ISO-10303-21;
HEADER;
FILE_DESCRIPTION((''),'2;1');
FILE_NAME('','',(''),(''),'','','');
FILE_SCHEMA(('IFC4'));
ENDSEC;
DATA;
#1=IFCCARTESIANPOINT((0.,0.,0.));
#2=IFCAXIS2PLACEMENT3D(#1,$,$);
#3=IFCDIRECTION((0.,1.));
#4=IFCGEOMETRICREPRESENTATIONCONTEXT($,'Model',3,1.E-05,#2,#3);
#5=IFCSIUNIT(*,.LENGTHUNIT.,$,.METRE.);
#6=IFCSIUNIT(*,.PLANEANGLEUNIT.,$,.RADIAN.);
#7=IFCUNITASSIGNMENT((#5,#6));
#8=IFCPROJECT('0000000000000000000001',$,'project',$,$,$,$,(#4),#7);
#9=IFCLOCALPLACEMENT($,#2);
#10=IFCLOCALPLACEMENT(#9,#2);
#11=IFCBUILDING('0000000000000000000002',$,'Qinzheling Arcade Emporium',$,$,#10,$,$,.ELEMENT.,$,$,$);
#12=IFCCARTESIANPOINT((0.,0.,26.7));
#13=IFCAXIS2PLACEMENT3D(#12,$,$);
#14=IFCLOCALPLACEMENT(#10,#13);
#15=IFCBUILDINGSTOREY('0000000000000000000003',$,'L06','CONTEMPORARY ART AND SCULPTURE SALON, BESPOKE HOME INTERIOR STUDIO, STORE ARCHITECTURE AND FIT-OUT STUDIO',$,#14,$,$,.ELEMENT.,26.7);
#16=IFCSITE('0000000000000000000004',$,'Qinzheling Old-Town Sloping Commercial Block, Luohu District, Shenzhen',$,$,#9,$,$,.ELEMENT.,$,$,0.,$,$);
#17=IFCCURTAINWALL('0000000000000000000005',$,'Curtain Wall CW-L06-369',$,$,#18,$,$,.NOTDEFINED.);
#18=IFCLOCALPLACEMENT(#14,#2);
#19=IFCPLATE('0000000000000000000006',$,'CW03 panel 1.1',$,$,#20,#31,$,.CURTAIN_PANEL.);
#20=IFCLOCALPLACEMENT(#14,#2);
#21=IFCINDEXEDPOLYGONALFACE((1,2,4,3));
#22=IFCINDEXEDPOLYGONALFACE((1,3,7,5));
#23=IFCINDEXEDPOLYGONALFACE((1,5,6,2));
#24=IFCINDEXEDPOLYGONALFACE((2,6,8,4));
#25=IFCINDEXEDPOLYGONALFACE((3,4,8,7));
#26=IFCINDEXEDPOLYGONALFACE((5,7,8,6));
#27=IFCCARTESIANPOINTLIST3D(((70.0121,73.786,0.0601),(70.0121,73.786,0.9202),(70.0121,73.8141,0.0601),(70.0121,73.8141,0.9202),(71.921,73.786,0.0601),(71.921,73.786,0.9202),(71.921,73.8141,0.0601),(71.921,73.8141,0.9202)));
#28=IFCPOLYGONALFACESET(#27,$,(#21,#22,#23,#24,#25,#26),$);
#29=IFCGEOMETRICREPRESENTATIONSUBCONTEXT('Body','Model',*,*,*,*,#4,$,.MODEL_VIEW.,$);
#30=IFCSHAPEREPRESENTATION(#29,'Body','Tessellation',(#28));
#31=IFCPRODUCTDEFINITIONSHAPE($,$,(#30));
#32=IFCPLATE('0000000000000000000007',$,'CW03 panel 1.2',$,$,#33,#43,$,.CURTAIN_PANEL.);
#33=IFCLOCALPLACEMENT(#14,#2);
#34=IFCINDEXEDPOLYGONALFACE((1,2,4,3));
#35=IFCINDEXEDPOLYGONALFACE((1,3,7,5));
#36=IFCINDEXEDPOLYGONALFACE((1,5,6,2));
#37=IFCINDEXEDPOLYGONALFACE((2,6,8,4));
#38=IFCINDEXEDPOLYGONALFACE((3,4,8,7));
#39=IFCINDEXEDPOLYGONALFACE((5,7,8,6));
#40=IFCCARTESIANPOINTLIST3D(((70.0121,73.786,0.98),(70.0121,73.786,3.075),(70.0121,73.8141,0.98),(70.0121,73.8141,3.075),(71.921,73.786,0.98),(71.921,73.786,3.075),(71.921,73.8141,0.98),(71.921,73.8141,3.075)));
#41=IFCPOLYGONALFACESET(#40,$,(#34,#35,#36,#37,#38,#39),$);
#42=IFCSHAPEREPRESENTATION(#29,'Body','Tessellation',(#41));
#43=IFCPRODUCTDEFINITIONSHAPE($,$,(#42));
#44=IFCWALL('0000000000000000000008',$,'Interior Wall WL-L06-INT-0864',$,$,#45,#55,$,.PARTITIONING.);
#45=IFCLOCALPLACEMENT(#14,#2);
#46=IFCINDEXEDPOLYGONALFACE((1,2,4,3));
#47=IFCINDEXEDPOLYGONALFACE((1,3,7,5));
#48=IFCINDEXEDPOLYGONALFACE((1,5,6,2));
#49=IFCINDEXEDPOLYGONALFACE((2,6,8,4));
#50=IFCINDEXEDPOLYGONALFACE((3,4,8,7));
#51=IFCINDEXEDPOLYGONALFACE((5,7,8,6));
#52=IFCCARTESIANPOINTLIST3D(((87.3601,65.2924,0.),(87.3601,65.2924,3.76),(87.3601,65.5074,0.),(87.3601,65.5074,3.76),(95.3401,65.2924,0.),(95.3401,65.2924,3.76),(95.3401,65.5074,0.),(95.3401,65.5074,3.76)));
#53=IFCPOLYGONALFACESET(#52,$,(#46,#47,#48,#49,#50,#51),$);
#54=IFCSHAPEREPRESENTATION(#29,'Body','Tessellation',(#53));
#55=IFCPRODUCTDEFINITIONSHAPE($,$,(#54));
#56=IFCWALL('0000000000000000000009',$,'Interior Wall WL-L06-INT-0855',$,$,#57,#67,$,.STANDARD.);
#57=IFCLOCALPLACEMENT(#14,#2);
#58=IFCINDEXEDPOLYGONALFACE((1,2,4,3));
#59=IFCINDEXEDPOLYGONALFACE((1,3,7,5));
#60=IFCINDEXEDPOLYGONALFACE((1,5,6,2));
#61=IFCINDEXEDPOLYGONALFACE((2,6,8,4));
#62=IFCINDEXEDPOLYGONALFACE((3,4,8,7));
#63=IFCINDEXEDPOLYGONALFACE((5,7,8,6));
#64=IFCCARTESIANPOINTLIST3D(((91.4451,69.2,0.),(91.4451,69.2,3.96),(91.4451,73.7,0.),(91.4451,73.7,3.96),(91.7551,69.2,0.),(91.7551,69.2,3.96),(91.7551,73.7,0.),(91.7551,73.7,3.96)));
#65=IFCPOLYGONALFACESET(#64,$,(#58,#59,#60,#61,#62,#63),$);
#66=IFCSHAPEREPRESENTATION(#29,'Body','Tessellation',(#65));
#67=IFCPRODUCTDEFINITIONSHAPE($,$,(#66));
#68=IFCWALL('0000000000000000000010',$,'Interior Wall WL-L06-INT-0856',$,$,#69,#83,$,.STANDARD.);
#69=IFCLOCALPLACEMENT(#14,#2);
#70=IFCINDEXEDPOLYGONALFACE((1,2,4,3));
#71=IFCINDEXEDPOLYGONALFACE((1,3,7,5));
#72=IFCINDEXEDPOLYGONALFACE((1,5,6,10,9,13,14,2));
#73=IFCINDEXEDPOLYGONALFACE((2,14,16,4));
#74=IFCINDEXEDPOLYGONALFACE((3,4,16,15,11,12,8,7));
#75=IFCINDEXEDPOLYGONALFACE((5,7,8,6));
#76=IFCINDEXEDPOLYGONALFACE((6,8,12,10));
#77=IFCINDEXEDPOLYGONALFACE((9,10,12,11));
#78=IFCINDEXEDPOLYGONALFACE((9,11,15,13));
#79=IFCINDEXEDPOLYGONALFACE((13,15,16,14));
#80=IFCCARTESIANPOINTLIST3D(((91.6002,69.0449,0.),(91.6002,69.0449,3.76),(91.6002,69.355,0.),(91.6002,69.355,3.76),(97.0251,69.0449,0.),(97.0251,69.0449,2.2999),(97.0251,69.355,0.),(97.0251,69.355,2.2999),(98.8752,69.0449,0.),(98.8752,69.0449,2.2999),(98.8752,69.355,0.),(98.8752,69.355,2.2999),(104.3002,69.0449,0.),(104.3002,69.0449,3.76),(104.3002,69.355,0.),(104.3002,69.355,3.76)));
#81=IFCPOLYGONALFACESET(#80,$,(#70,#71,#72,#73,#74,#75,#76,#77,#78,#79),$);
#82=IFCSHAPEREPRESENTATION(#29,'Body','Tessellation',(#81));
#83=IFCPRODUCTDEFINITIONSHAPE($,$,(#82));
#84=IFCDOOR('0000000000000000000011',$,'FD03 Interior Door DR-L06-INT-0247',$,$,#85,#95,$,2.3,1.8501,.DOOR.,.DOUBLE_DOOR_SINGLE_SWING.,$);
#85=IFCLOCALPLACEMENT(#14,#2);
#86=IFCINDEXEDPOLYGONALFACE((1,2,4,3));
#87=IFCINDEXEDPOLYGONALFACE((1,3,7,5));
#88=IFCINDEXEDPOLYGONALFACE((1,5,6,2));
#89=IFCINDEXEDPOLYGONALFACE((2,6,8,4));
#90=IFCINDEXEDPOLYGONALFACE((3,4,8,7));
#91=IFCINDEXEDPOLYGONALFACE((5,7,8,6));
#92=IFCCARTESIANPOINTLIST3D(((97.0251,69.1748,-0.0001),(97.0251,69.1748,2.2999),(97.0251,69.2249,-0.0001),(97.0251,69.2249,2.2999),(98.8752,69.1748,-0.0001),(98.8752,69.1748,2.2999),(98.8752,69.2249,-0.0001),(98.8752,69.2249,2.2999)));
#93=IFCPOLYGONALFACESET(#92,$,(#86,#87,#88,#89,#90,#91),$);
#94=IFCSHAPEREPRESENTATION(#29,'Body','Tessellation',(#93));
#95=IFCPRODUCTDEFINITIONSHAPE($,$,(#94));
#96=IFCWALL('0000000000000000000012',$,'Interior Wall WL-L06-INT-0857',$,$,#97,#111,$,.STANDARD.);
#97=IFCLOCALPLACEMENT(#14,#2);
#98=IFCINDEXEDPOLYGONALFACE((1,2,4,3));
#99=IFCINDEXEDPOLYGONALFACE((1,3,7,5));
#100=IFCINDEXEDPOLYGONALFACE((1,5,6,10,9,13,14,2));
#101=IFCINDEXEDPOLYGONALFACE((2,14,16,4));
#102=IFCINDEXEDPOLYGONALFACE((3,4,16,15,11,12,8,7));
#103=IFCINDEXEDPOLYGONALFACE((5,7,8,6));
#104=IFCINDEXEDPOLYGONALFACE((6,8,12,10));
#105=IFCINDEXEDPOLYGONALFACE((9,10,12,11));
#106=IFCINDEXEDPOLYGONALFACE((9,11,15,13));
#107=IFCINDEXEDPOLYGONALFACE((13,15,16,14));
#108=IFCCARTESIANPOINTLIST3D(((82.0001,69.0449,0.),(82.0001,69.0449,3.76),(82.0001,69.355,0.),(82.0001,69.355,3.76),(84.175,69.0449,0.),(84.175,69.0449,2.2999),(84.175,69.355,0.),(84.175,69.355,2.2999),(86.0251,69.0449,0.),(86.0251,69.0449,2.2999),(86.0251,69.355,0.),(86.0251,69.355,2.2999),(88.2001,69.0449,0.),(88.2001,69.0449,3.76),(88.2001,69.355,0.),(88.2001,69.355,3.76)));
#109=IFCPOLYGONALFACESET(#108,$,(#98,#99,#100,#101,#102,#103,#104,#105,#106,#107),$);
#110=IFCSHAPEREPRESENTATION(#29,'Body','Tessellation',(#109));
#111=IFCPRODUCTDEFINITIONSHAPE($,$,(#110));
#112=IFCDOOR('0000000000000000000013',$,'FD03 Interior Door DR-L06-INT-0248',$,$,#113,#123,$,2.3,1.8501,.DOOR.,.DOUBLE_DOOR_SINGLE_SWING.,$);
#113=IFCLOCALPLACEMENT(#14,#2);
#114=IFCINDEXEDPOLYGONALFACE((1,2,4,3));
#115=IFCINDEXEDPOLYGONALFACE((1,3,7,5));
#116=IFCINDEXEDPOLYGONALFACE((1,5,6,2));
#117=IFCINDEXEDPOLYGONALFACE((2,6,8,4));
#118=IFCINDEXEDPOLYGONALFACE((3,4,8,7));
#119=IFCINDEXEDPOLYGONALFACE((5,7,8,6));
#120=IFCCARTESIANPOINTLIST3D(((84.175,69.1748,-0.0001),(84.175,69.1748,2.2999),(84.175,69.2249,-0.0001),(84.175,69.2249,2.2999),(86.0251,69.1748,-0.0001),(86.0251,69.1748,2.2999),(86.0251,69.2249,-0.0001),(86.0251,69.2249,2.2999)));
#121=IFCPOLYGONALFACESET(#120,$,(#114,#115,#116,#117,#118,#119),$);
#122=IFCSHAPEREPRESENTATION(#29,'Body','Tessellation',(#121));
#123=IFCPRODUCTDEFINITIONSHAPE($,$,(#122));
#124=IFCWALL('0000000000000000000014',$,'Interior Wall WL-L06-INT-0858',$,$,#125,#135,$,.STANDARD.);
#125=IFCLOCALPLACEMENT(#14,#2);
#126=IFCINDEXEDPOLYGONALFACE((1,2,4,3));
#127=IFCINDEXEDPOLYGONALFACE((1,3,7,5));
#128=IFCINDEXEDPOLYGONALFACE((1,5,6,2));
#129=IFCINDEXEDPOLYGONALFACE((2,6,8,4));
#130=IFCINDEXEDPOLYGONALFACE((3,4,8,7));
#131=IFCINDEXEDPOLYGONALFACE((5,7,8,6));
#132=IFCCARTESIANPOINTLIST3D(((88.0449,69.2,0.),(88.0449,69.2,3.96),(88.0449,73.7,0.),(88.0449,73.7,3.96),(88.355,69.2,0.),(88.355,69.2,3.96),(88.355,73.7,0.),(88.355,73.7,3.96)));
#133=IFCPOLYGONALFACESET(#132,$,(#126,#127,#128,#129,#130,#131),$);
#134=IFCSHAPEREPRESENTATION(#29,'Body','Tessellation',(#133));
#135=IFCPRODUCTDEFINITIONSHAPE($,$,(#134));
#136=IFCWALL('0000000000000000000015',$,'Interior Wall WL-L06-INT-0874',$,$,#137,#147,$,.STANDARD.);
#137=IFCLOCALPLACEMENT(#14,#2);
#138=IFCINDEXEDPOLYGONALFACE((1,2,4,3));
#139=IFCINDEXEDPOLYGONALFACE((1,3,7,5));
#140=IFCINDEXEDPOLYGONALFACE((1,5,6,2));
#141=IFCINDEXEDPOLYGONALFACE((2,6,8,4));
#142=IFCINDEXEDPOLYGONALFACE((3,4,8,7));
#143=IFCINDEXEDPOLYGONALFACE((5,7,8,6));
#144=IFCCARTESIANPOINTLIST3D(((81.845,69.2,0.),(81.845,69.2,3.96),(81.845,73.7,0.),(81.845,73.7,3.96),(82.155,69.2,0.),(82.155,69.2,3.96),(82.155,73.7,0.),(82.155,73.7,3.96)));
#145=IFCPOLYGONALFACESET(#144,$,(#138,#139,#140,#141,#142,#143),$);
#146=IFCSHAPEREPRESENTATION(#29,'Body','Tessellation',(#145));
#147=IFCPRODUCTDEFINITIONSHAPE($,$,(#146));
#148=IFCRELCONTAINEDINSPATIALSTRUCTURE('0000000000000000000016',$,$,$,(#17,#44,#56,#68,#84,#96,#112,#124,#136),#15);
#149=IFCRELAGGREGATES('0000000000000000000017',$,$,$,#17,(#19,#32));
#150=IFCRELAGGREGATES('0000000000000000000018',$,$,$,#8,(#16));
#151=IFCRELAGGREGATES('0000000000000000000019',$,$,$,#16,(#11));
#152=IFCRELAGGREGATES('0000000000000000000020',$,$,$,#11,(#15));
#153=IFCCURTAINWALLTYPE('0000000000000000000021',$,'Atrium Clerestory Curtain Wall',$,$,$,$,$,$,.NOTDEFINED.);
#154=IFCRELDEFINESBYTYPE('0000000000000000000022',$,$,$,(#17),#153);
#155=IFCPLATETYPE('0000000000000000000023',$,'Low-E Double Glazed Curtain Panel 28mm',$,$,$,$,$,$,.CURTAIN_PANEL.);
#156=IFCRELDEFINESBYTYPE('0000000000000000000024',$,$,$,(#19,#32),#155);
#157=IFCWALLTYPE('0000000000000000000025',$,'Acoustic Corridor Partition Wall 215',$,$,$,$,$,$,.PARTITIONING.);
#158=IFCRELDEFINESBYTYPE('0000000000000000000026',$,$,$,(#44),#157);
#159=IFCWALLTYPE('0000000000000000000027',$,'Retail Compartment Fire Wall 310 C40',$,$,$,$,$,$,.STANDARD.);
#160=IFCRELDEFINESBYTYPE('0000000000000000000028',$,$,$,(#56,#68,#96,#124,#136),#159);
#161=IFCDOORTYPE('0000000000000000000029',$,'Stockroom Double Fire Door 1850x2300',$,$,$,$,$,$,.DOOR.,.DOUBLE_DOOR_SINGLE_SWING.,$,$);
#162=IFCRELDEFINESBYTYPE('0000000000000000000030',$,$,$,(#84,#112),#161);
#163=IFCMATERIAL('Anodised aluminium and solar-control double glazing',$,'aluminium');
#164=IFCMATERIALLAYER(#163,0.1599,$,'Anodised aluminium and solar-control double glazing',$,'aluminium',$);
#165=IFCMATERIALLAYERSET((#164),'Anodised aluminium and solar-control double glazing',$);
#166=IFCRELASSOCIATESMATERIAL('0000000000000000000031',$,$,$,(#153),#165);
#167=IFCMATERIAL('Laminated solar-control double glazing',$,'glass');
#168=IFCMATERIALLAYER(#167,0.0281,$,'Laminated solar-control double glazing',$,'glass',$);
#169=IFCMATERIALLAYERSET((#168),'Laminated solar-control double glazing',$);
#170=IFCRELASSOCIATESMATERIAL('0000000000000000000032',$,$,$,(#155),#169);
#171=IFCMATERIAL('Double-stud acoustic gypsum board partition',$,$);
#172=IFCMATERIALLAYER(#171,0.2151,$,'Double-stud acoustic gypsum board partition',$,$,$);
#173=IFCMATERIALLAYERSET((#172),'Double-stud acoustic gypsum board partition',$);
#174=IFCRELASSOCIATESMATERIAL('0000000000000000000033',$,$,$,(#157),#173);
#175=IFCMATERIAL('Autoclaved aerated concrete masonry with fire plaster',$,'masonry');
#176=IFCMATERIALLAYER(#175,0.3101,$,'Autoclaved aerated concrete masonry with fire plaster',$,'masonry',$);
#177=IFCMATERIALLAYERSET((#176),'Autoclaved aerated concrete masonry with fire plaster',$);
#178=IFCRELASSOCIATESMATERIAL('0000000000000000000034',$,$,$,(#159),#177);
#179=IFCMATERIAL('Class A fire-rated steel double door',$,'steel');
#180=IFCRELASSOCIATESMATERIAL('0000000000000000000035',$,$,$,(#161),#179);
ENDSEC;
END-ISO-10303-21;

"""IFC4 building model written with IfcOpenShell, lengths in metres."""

from ifc_helpers import new_model, si_unit, direction, frame, frame_2d, origin, origin_2d, place, context, subcontext, project, spatial, rectangle, extrude, material, layer, layer_set, type_object, element, fill, aggregate, save


model = new_model("IFC4")

# Units and contexts
model_context = context("Model", 3, precision=1e-05, world=origin(), true_north=direction((0.0, 1.0)))
body_context = subcontext(model_context, "Body", "Model", "MODEL_VIEW")
ifc_project = project(units=[si_unit("LENGTHUNIT", "METRE"), si_unit("PLANEANGLEUNIT", "RADIAN")], contexts=[model_context])

# Site, building, storey
site_placement = place(None, origin())
site = spatial("IfcSite", under=ifc_project, at=site_placement, Name="Qinzheling Old-Town Sloping Commercial Block, Luohu District, Shenzhen", CompositionType="ELEMENT", RefElevation=0.0)
building_placement = place(site_placement, origin())
building = spatial("IfcBuilding", under=site, at=building_placement, Name="Qinzheling Arcade Emporium", CompositionType="ELEMENT")
storey_placement = place(building_placement, frame((0.0, 0.0, 26.7)))
storey = spatial("IfcBuildingStorey", under=building, at=storey_placement, Name="L06", Description="CONTEMPORARY ART AND SCULPTURE SALON, BESPOKE HOME INTERIOR STUDIO, STORE ARCHITECTURE AND FIT-OUT STUDIO", CompositionType="ELEMENT", Elevation=26.7)

# Curtain wall
ifc_material_1 = material(Name="Anodised aluminium and solar-control double glazing", Category="aluminium")
ifc_layer_1 = layer(ifc_material_1, 0.1599, Name="Anodised aluminium and solar-control double glazing", Category="aluminium")
ifc_layer_set_1 = layer_set([ifc_layer_1], Name="Anodised aluminium and solar-control double glazing")
curtain_wall_type = type_object("IfcCurtainWallType", Name="Atrium Clerestory Curtain Wall", PredefinedType="NOTDEFINED", material=ifc_layer_set_1)
curtain_wall_placement = place(storey_placement, origin())
curtain_wall = element("IfcCurtainWall", 1, at=curtain_wall_placement, inside=storey, type_object=curtain_wall_type, Name="Curtain Wall CW-L06-369", PredefinedType="NOTDEFINED")

# Plates
ifc_material_2 = material(Name="Laminated solar-control double glazing", Category="glass")
ifc_layer_2 = layer(ifc_material_2, 0.0281, Name="Laminated solar-control double glazing", Category="glass")
ifc_layer_set_2 = layer_set([ifc_layer_2], Name="Laminated solar-control double glazing")
plate_type = type_object("IfcPlateType", Name="Low-E Double Glazed Curtain Panel 28mm", PredefinedType="CURTAIN_PANEL", material=ifc_layer_set_2)
plate_1_placement = place(storey_placement, frame((70.9666, 73.8, 0.0601), z_axis=(0.0, 0.0, 1.0), x_axis=(1.0, 0.0, 0.0)))
plate_1 = element("IfcPlate", 2, at=plate_1_placement, type_object=plate_type, Name="CW03 panel 1.1", PredefinedType="CURTAIN_PANEL", context=body_context, shape_type="SweptSolid", body=[
    extrude(rectangle(XDim=1.9089, YDim=0.0281, at=origin_2d()), origin(), (0.0, 0.0, 1.0), 0.8601),
])
plate_2_placement = place(storey_placement, frame((70.9666, 73.8, 0.98), z_axis=(0.0, 0.0, 1.0), x_axis=(1.0, 0.0, 0.0)))
plate_2 = element("IfcPlate", 3, at=plate_2_placement, type_object=plate_type, Name="CW03 panel 1.2", PredefinedType="CURTAIN_PANEL", context=body_context, shape_type="SweptSolid", body=[
    extrude(rectangle(XDim=1.9089, YDim=0.0281, at=origin_2d()), origin(), (0.0, 0.0, 1.0), 2.095),
])
aggregate(curtain_wall, [plate_1, plate_2])

# Walls
ifc_material_3 = material(Name="Double-stud acoustic gypsum board partition")
ifc_layer_3 = layer(ifc_material_3, 0.2151, Name="Double-stud acoustic gypsum board partition")
ifc_layer_set_3 = layer_set([ifc_layer_3], Name="Double-stud acoustic gypsum board partition")
wall_type_1 = type_object("IfcWallType", Name="Acoustic Corridor Partition Wall 215", PredefinedType="PARTITIONING", material=ifc_layer_set_3)
wall_1_placement = place(storey_placement, frame((95.3401, 65.3999, 0.0), z_axis=(0.0, 0.0, 1.0), x_axis=(-1.0, 0.0, 0.0)))
element("IfcWall", 4, at=wall_1_placement, inside=storey, type_object=wall_type_1, Name="Interior Wall WL-L06-INT-0864", PredefinedType="PARTITIONING", context=body_context, shape_type="SweptSolid", body=[
    extrude(rectangle(XDim=7.98, YDim=0.2151, at=frame_2d((3.99, 0.0))), origin(), (0.0, 0.0, 1.0), 3.76),
])
ifc_material_4 = material(Name="Autoclaved aerated concrete masonry with fire plaster", Category="masonry")
ifc_layer_4 = layer(ifc_material_4, 0.3101, Name="Autoclaved aerated concrete masonry with fire plaster", Category="masonry")
ifc_layer_set_4 = layer_set([ifc_layer_4], Name="Autoclaved aerated concrete masonry with fire plaster")
wall_type_2 = type_object("IfcWallType", Name="Retail Compartment Fire Wall 310 C40", PredefinedType="STANDARD", material=ifc_layer_set_4)
wall_2_placement = place(storey_placement, frame((91.6001, 73.7, 0.0), z_axis=(0.0, 0.0, 1.0), x_axis=(0.0, -1.0, 0.0)))
element("IfcWall", 5, at=wall_2_placement, inside=storey, type_object=wall_type_2, Name="Interior Wall WL-L06-INT-0855", PredefinedType="STANDARD", context=body_context, shape_type="SweptSolid", body=[
    extrude(rectangle(XDim=4.5, YDim=0.3101, at=frame_2d((2.25, 0.0))), origin(), (0.0, 0.0, 1.0), 3.96),
])

# Walls, openings, doors
wall_3_placement = place(storey_placement, frame((91.6001, 69.2, 0.0), z_axis=(0.0, 0.0, 1.0), x_axis=(1.0, 0.0, 0.0)))
wall_3 = element("IfcWall", 6, at=wall_3_placement, inside=storey, type_object=wall_type_2, Name="Interior Wall WL-L06-INT-0856", PredefinedType="STANDARD", context=body_context, shape_type="SweptSolid", body=[
    extrude(rectangle(XDim=12.7, YDim=0.3101, at=frame_2d((6.3501, 0.0))), origin(), (0.0, 0.0, 1.0), 3.76),
])
opening_1_placement = place(wall_3_placement, frame((5.425, 0.0, 0.0)))
opening_1 = element("IfcOpeningElement", 7, at=opening_1_placement, cuts=wall_3, PredefinedType="OPENING", context=body_context, shape_type="SweptSolid", body=[
    extrude(rectangle(XDim=1.8501, YDim=2.3, at=frame_2d((0.925, 1.1499))), frame((0.0, 0.165, 0.0), z_axis=(0.0, -1.0, 0.0), x_axis=(1.0, 0.0, 0.0)), (0.0, 0.0, 1.0), 0.3301),
])
ifc_material_5 = material(Name="Class A fire-rated steel double door", Category="steel")
door_type = type_object("IfcDoorType", Name="Stockroom Double Fire Door 1850x2300", OperationType="DOUBLE_DOOR_SINGLE_SWING", PredefinedType="DOOR", material=ifc_material_5)
door_1_placement = place(opening_1_placement, origin())
door_1 = element("IfcDoor", 8, at=door_1_placement, inside=storey, type_object=door_type, Name="FD03 Interior Door DR-L06-INT-0247", OperationType="DOUBLE_DOOR_SINGLE_SWING", OverallHeight=2.3, OverallWidth=1.8501, PredefinedType="DOOR", context=body_context, shape_type="SweptSolid", body=[
    extrude(rectangle(XDim=1.8501, YDim=2.3, at=frame_2d((0.925, 1.1499))), frame((0.0, 0.0249, 0.0), z_axis=(0.0, -1.0, 0.0), x_axis=(1.0, 0.0, 0.0)), (0.0, 0.0, 1.0), 0.05),
])
fill(opening_1, door_1)
wall_4_placement = place(storey_placement, frame((82.0, 69.2, 0.0), z_axis=(0.0, 0.0, 1.0), x_axis=(1.0, 0.0, 0.0)))
wall_4 = element("IfcWall", 9, at=wall_4_placement, inside=storey, type_object=wall_type_2, Name="Interior Wall WL-L06-INT-0857", PredefinedType="STANDARD", context=body_context, shape_type="SweptSolid", body=[
    extrude(rectangle(XDim=6.2, YDim=0.3101, at=frame_2d((3.1001, 0.0))), origin(), (0.0, 0.0, 1.0), 3.76),
])
opening_2_placement = place(wall_4_placement, frame((2.175, 0.0, 0.0)))
opening_2 = element("IfcOpeningElement", 10, at=opening_2_placement, cuts=wall_4, PredefinedType="OPENING", context=body_context, shape_type="SweptSolid", body=[
    extrude(rectangle(XDim=1.8501, YDim=2.3, at=frame_2d((0.925, 1.1499))), frame((0.0, 0.165, 0.0), z_axis=(0.0, -1.0, 0.0), x_axis=(1.0, 0.0, 0.0)), (0.0, 0.0, 1.0), 0.3301),
])
door_2_placement = place(opening_2_placement, origin())
door_2 = element("IfcDoor", 11, at=door_2_placement, inside=storey, type_object=door_type, Name="FD03 Interior Door DR-L06-INT-0248", OperationType="DOUBLE_DOOR_SINGLE_SWING", OverallHeight=2.3, OverallWidth=1.8501, PredefinedType="DOOR", context=body_context, shape_type="SweptSolid", body=[
    extrude(rectangle(XDim=1.8501, YDim=2.3, at=frame_2d((0.925, 1.1499))), frame((0.0, 0.0249, 0.0), z_axis=(0.0, -1.0, 0.0), x_axis=(1.0, 0.0, 0.0)), (0.0, 0.0, 1.0), 0.05),
])
fill(opening_2, door_2)

# Walls
for number, where, z_axis, x_axis, name in (
    (12, (88.2, 69.2, 0.0), (0.0, 0.0, 1.0), (0.0, 1.0, 0.0), "Interior Wall WL-L06-INT-0858"),
    (13, (82.0, 73.7, 0.0), (0.0, 0.0, 1.0), (0.0, -1.0, 0.0), "Interior Wall WL-L06-INT-0874"),
):
    element("IfcWall", number, at=place(storey_placement, frame(where, z_axis=z_axis, x_axis=x_axis)), inside=storey, type_object=wall_type_2, Name=name, PredefinedType="STANDARD", context=body_context, shape_type="SweptSolid", body=[
        extrude(rectangle(XDim=4.5, YDim=0.3101, at=frame_2d((2.25, 0.0))), origin(), (0.0, 0.0, 1.0), 3.96),
    ])

save(model, "model.ifc")
